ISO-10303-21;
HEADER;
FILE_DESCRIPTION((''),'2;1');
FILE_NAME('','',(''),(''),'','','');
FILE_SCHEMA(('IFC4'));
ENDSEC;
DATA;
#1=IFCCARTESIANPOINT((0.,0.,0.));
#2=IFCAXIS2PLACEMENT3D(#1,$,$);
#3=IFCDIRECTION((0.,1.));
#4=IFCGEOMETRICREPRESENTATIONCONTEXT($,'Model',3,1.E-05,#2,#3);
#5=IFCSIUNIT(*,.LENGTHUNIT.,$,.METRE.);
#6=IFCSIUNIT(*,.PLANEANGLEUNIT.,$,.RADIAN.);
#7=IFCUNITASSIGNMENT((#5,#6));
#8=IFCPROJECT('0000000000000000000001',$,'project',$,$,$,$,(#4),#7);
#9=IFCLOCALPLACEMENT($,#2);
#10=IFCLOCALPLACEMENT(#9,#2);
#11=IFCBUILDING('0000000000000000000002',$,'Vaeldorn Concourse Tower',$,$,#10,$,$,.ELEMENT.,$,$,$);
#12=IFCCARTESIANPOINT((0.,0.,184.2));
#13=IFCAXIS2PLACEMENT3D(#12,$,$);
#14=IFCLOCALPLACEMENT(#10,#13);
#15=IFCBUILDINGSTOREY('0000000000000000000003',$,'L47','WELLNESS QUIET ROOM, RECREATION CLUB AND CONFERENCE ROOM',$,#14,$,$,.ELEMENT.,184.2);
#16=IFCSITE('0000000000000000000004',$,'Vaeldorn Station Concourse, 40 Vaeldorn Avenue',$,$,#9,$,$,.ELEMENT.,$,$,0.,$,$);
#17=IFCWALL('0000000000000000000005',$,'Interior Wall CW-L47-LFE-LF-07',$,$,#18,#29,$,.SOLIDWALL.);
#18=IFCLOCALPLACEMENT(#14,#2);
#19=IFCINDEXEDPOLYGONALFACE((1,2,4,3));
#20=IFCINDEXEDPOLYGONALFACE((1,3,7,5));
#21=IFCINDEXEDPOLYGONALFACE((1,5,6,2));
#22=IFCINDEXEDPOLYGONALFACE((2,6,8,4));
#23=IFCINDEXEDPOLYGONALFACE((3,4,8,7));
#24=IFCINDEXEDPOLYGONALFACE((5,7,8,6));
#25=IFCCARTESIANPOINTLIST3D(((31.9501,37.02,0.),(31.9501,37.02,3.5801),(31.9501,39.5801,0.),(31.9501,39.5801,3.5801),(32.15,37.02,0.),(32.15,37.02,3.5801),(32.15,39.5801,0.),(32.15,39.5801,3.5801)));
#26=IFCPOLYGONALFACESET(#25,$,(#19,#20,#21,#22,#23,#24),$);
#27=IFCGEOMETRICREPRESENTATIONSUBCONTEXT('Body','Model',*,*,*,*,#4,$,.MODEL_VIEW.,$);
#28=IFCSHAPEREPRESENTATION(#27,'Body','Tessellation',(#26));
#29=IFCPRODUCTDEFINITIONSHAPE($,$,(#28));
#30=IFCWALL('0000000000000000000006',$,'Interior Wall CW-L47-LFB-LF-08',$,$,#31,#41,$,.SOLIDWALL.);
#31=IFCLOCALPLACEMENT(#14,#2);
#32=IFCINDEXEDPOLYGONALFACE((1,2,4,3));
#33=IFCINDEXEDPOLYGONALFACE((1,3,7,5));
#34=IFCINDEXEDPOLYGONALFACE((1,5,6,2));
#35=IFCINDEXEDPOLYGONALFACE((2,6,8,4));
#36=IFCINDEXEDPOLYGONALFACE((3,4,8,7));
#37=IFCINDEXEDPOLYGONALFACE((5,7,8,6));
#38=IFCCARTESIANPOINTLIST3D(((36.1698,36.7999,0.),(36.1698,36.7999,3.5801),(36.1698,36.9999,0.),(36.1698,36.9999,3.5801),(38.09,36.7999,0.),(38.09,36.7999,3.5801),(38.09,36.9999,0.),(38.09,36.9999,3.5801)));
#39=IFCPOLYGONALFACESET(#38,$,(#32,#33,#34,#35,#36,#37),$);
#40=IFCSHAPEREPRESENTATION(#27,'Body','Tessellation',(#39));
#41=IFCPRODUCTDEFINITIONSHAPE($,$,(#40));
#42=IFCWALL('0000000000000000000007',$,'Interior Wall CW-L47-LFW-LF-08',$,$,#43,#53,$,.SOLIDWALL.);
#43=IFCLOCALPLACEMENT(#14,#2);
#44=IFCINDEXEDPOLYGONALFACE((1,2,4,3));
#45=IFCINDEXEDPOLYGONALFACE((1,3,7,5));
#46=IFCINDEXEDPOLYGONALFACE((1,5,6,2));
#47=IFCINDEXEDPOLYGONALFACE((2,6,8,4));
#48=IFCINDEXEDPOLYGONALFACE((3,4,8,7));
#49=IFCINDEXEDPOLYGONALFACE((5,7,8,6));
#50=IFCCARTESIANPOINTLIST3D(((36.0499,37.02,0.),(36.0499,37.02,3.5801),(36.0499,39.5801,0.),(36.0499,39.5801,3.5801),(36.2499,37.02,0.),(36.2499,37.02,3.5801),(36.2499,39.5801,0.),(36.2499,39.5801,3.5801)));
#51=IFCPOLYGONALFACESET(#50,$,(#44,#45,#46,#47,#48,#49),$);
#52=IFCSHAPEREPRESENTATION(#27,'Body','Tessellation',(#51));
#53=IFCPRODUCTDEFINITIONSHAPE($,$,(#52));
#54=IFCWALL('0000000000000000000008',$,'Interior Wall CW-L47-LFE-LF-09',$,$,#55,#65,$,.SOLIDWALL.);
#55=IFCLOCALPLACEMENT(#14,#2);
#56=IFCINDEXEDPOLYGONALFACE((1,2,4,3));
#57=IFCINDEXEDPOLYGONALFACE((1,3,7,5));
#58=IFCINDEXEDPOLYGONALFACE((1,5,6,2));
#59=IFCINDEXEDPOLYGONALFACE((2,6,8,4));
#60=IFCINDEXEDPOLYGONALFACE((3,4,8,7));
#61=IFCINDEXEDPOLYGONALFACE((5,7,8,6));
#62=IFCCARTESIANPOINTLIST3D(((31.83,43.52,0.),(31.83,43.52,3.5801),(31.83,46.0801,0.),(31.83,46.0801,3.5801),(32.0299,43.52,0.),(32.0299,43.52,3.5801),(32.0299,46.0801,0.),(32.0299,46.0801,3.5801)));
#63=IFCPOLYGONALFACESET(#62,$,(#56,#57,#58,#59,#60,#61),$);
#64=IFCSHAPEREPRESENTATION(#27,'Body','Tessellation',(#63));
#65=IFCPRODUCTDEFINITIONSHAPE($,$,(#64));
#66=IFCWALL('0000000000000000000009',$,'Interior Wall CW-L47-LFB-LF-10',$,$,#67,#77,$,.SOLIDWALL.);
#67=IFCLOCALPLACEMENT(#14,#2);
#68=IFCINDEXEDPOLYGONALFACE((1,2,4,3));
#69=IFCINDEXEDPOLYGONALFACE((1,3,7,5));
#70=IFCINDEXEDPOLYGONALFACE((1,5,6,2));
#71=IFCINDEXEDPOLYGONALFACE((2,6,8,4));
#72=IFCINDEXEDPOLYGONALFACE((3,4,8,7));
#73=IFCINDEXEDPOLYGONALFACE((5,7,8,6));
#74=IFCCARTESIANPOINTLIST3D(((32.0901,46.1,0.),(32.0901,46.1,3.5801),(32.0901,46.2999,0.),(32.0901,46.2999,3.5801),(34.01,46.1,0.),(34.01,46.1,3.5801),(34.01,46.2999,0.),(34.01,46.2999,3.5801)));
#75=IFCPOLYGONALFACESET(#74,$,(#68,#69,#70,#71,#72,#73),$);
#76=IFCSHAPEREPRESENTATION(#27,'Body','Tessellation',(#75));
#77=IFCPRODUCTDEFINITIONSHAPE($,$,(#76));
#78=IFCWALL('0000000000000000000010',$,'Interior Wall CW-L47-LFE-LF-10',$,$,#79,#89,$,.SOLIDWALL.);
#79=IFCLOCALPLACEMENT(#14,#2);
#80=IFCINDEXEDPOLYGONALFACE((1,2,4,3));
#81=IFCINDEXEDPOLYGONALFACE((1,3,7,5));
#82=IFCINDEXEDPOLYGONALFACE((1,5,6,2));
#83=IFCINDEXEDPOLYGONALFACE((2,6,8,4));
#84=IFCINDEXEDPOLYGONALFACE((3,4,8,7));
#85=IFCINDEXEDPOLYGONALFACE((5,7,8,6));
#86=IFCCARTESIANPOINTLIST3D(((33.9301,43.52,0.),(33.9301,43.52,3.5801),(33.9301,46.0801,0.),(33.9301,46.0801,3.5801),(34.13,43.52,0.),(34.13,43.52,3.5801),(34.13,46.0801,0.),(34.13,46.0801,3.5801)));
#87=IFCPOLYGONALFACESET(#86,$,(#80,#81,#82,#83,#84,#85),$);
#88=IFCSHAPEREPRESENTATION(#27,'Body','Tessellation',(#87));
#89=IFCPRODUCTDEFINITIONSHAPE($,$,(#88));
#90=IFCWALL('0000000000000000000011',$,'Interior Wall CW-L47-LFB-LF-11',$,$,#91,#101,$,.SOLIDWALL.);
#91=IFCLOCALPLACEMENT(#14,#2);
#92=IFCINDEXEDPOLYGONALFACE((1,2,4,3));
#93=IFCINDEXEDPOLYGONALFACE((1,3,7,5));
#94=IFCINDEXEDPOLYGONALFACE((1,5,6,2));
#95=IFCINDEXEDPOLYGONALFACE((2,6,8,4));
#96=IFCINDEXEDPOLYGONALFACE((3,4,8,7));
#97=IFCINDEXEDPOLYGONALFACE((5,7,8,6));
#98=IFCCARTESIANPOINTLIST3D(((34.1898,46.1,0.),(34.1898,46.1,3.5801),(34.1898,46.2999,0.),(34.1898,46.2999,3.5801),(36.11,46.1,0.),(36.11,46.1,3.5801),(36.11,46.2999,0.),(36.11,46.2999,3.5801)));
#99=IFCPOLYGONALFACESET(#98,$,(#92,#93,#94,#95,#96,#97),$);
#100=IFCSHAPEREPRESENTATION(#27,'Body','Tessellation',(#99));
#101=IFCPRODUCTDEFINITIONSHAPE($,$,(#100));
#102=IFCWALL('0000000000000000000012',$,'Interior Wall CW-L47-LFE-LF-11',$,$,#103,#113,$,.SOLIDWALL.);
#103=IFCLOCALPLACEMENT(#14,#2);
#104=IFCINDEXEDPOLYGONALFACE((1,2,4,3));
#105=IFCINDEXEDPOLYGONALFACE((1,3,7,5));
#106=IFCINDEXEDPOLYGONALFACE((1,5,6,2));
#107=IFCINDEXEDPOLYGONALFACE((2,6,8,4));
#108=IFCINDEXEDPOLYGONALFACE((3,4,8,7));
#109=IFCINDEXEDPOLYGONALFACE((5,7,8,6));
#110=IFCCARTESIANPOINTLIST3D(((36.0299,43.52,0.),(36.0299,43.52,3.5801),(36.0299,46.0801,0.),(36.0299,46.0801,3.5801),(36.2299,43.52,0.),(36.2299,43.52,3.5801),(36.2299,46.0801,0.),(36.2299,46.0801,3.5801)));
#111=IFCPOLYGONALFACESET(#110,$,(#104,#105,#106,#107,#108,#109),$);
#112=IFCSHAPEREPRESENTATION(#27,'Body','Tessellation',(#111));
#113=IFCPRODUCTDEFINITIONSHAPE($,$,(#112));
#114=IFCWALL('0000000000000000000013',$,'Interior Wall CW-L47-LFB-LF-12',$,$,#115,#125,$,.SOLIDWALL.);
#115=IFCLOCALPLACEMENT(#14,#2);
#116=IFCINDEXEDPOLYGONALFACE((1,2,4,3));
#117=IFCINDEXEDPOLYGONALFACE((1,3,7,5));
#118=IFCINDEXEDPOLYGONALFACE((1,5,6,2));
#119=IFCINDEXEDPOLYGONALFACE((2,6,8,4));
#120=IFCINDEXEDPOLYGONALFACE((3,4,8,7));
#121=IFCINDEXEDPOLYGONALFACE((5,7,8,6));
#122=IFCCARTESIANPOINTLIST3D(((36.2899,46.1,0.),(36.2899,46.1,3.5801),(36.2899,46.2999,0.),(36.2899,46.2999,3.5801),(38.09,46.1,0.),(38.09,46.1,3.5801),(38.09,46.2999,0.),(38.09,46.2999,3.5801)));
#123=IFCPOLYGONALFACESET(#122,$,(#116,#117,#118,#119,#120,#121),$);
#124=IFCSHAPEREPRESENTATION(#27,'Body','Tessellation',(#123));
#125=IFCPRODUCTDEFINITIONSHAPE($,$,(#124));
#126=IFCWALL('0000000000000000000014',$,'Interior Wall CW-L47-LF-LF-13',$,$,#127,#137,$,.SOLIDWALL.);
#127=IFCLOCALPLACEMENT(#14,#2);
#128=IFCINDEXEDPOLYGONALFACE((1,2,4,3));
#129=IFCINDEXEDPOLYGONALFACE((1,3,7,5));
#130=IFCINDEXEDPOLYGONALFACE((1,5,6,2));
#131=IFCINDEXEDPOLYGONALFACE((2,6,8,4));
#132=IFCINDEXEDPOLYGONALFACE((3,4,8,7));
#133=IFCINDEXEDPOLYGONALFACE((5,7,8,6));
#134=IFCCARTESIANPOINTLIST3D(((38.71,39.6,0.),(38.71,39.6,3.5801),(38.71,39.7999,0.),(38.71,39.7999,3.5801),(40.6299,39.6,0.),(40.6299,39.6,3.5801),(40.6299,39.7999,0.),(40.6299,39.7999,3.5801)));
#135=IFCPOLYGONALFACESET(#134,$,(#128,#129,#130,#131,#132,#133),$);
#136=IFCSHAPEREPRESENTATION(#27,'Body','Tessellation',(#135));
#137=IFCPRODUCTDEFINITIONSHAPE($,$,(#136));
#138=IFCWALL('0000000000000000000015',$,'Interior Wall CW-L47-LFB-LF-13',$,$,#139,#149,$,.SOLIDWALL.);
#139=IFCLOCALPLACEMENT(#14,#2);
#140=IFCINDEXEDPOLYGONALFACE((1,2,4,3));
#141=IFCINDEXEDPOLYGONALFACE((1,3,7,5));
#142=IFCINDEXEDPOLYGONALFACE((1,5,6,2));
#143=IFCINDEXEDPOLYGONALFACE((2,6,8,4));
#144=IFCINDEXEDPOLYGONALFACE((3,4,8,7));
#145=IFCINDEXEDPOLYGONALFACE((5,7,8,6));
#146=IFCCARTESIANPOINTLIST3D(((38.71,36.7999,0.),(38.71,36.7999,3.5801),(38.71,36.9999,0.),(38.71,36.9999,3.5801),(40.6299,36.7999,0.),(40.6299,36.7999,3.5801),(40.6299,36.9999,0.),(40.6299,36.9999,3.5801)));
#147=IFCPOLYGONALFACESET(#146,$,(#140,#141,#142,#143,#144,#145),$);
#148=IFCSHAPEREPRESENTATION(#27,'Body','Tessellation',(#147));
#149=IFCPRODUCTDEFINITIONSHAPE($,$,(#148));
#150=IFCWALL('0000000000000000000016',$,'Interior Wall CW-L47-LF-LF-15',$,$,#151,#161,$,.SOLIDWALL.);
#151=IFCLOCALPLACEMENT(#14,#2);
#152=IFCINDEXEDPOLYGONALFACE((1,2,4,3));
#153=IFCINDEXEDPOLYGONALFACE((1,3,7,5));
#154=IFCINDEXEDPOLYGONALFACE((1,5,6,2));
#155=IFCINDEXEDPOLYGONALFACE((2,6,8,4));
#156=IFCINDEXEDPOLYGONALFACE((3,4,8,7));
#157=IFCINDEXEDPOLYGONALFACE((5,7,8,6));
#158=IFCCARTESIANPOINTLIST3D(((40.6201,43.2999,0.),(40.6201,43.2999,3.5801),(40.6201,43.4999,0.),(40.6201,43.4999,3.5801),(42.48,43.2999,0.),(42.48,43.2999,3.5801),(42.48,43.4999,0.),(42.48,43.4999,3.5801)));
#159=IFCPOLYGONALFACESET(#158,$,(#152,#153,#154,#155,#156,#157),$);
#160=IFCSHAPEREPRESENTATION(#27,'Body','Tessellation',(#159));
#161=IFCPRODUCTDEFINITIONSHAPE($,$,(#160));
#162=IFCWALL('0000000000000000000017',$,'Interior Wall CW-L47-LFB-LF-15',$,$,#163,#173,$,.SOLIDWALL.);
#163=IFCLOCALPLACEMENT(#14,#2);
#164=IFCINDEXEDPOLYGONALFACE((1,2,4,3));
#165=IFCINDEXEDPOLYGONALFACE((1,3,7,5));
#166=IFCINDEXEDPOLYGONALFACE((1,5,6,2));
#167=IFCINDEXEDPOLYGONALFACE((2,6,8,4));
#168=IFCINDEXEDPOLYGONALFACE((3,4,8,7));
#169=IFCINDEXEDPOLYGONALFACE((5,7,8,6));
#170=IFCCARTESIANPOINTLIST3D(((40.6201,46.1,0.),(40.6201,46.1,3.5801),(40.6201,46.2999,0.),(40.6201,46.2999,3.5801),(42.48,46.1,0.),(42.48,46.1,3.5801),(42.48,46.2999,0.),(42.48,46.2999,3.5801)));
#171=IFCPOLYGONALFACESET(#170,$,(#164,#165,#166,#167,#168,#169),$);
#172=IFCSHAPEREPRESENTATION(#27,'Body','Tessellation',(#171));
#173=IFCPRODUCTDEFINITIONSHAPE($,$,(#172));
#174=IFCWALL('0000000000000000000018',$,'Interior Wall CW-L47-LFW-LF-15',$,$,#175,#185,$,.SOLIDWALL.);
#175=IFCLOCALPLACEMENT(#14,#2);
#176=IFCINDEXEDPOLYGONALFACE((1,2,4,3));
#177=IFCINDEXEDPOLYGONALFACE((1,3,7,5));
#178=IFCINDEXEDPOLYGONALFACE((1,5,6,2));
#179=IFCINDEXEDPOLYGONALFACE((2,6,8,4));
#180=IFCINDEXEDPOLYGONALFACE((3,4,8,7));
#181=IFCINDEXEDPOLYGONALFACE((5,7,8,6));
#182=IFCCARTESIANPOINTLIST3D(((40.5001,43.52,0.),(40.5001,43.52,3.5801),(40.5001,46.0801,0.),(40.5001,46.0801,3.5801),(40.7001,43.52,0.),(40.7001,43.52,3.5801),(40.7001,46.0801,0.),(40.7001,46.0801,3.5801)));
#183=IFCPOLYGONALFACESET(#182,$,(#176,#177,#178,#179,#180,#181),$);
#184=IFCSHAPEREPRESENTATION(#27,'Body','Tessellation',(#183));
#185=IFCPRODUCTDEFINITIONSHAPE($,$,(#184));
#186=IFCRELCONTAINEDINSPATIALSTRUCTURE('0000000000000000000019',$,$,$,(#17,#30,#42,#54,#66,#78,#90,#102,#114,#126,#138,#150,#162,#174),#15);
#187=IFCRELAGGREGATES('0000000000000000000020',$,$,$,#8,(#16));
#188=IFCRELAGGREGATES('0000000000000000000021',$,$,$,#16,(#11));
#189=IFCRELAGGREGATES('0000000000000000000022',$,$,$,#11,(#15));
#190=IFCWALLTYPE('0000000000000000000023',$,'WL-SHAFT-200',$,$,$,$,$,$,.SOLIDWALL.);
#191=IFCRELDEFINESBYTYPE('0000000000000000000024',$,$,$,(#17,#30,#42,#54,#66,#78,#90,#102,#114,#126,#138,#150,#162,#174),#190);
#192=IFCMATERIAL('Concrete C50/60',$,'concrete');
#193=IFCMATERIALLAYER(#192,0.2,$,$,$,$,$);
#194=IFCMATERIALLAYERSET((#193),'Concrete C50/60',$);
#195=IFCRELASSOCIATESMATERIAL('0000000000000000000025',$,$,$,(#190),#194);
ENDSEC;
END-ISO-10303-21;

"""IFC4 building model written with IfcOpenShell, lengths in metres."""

from ifc_helpers import new_model, si_unit, direction, frame, frame_2d, origin, place, context, subcontext, project, spatial, rectangle, extrude, material, layer, layer_set, type_object, element, save


model = new_model("IFC4")

# Units and contexts
model_context = context("Model", 3, precision=1e-05, world=origin(), true_north=direction((0.0, 1.0)))
body_context = subcontext(model_context, "Body", "Model", "MODEL_VIEW")
ifc_project = project(units=[si_unit("LENGTHUNIT", "METRE"), si_unit("PLANEANGLEUNIT", "RADIAN")], contexts=[model_context])

# Site, building, storey
site_placement = place(None, origin())
site = spatial("IfcSite", under=ifc_project, at=site_placement, Name="Vaeldorn Station Concourse, 40 Vaeldorn Avenue", CompositionType="ELEMENT", RefElevation=0.0)
building_placement = place(site_placement, origin())
building = spatial("IfcBuilding", under=site, at=building_placement, Name="Vaeldorn Concourse Tower", CompositionType="ELEMENT")
storey_placement = place(building_placement, frame((0.0, 0.0, 184.2)))
storey = spatial("IfcBuildingStorey", under=building, at=storey_placement, Name="L47", Description="WELLNESS QUIET ROOM, RECREATION CLUB AND CONFERENCE ROOM", CompositionType="ELEMENT", Elevation=184.2)

# Shared definitions
ifc_material_1 = material(Name="Concrete C50/60", Category="concrete")

# Wall
ifc_layer_1 = layer(ifc_material_1, 0.2)
ifc_layer_set_1 = layer_set([ifc_layer_1], Name="Concrete C50/60")
wall_type_1 = type_object("IfcWallType", Name="WL-SHAFT-200", PredefinedType="SOLIDWALL", material=ifc_layer_set_1)
wall_1_placement = place(storey_placement, frame((32.05, 37.02, 0.0), z_axis=(0.0, 0.0, 1.0), x_axis=(0.0, 1.0, 0.0)))
element("IfcWall", 1, at=wall_1_placement, inside=storey, type_object=wall_type_1, Name="Interior Wall CW-L47-LFE-LF-07", PredefinedType="SOLIDWALL", context=body_context, shape_type="SweptSolid", body=[
    extrude(rectangle(XDim=2.5601, YDim=0.2, at=frame_2d((1.28, 0.0))), origin(), (0.0, 0.0, 1.0), 3.5801),
])

# Walls
wall_2_placement = place(storey_placement, frame((36.1699, 36.8999, 0.0), z_axis=(0.0, 0.0, 1.0), x_axis=(1.0, 0.0, 0.0)))
element("IfcWall", 2, at=wall_2_placement, inside=storey, type_object=wall_type_1, Name="Interior Wall CW-L47-LFB-LF-08", PredefinedType="SOLIDWALL", context=body_context, shape_type="SweptSolid", body=[
    extrude(rectangle(XDim=1.9202, YDim=0.2, at=frame_2d((0.96, 0.0))), origin(), (0.0, 0.0, 1.0), 3.5801),
])
for number, where, z_axis, x_axis, name in (
    (3, (36.1499, 37.02, 0.0), (0.0, 0.0, 1.0), (0.0, 1.0, 0.0), "Interior Wall CW-L47-LFW-LF-08"),
    (4, (31.9299, 43.52, 0.0), (0.0, 0.0, 1.0), (0.0, 1.0, 0.0), "Interior Wall CW-L47-LFE-LF-09"),
):
    element("IfcWall", number, at=place(storey_placement, frame(where, z_axis=z_axis, x_axis=x_axis)), inside=storey, type_object=wall_type_1, Name=name, PredefinedType="SOLIDWALL", context=body_context, shape_type="SweptSolid", body=[
        extrude(rectangle(XDim=2.5601, YDim=0.2, at=frame_2d((1.28, 0.0))), origin(), (0.0, 0.0, 1.0), 3.5801),
    ])

# Walls
wall_3_placement = place(storey_placement, frame((32.0901, 46.2, 0.0), z_axis=(0.0, 0.0, 1.0), x_axis=(1.0, 0.0, 0.0)))
element("IfcWall", 5, at=wall_3_placement, inside=storey, type_object=wall_type_1, Name="Interior Wall CW-L47-LFB-LF-10", PredefinedType="SOLIDWALL", context=body_context, shape_type="SweptSolid", body=[
    extrude(rectangle(XDim=1.9199, YDim=0.2, at=frame_2d((0.96, 0.0))), origin(), (0.0, 0.0, 1.0), 3.5801),
])
wall_4_placement = place(storey_placement, frame((34.03, 43.52, 0.0), z_axis=(0.0, 0.0, 1.0), x_axis=(0.0, 1.0, 0.0)))
element("IfcWall", 6, at=wall_4_placement, inside=storey, type_object=wall_type_1, Name="Interior Wall CW-L47-LFE-LF-10", PredefinedType="SOLIDWALL", context=body_context, shape_type="SweptSolid", body=[
    extrude(rectangle(XDim=2.5601, YDim=0.2, at=frame_2d((1.28, 0.0))), origin(), (0.0, 0.0, 1.0), 3.5801),
])

# Walls
wall_5_placement = place(storey_placement, frame((34.1899, 46.2, 0.0), z_axis=(0.0, 0.0, 1.0), x_axis=(1.0, 0.0, 0.0)))
element("IfcWall", 7, at=wall_5_placement, inside=storey, type_object=wall_type_1, Name="Interior Wall CW-L47-LFB-LF-11", PredefinedType="SOLIDWALL", context=body_context, shape_type="SweptSolid", body=[
    extrude(rectangle(XDim=1.9202, YDim=0.2, at=frame_2d((0.96, 0.0))), origin(), (0.0, 0.0, 1.0), 3.5801),
])
wall_6_placement = place(storey_placement, frame((36.1299, 43.52, 0.0), z_axis=(0.0, 0.0, 1.0), x_axis=(0.0, 1.0, 0.0)))
element("IfcWall", 8, at=wall_6_placement, inside=storey, type_object=wall_type_1, Name="Interior Wall CW-L47-LFE-LF-11", PredefinedType="SOLIDWALL", context=body_context, shape_type="SweptSolid", body=[
    extrude(rectangle(XDim=2.5601, YDim=0.2, at=frame_2d((1.28, 0.0))), origin(), (0.0, 0.0, 1.0), 3.5801),
])

# Walls
wall_7_placement = place(storey_placement, frame((36.29, 46.2, 0.0), z_axis=(0.0, 0.0, 1.0), x_axis=(1.0, 0.0, 0.0)))
element("IfcWall", 9, at=wall_7_placement, inside=storey, type_object=wall_type_1, Name="Interior Wall CW-L47-LFB-LF-12", PredefinedType="SOLIDWALL", context=body_context, shape_type="SweptSolid", body=[
    extrude(rectangle(XDim=1.8, YDim=0.2, at=frame_2d((0.8999, 0.0))), origin(), (0.0, 0.0, 1.0), 3.5801),
])
for number, where, z_axis, x_axis, name in (
    (10, (38.71, 39.7, 0.0), (0.0, 0.0, 1.0), (1.0, 0.0, 0.0), "Interior Wall CW-L47-LF-LF-13"),
    (11, (38.71, 36.8999, 0.0), (0.0, 0.0, 1.0), (1.0, 0.0, 0.0), "Interior Wall CW-L47-LFB-LF-13"),
):
    element("IfcWall", number, at=place(storey_placement, frame(where, z_axis=z_axis, x_axis=x_axis)), inside=storey, type_object=wall_type_1, Name=name, PredefinedType="SOLIDWALL", context=body_context, shape_type="SweptSolid", body=[
        extrude(rectangle(XDim=1.9199, YDim=0.2, at=frame_2d((0.96, 0.0))), origin(), (0.0, 0.0, 1.0), 3.5801),
    ])
for number, where, z_axis, x_axis, name in (
    (12, (40.6201, 43.3999, 0.0), (0.0, 0.0, 1.0), (1.0, 0.0, 0.0), "Interior Wall CW-L47-LF-LF-15"),
    (13, (40.6201, 46.2, 0.0), (0.0, 0.0, 1.0), (1.0, 0.0, 0.0), "Interior Wall CW-L47-LFB-LF-15"),
):
    element("IfcWall", number, at=place(storey_placement, frame(where, z_axis=z_axis, x_axis=x_axis)), inside=storey, type_object=wall_type_1, Name=name, PredefinedType="SOLIDWALL", context=body_context, shape_type="SweptSolid", body=[
        extrude(rectangle(XDim=1.8599, YDim=0.2, at=frame_2d((0.9299, 0.0))), origin(), (0.0, 0.0, 1.0), 3.5801),
    ])
wall_8_placement = place(storey_placement, frame((40.6001, 43.52, 0.0), z_axis=(0.0, 0.0, 1.0), x_axis=(0.0, 1.0, 0.0)))
element("IfcWall", 14, at=wall_8_placement, inside=storey, type_object=wall_type_1, Name="Interior Wall CW-L47-LFW-LF-15", PredefinedType="SOLIDWALL", context=body_context, shape_type="SweptSolid", body=[
    extrude(rectangle(XDim=2.5601, YDim=0.2, at=frame_2d((1.28, 0.0))), origin(), (0.0, 0.0, 1.0), 3.5801),
])

save(model, "model.ifc")
